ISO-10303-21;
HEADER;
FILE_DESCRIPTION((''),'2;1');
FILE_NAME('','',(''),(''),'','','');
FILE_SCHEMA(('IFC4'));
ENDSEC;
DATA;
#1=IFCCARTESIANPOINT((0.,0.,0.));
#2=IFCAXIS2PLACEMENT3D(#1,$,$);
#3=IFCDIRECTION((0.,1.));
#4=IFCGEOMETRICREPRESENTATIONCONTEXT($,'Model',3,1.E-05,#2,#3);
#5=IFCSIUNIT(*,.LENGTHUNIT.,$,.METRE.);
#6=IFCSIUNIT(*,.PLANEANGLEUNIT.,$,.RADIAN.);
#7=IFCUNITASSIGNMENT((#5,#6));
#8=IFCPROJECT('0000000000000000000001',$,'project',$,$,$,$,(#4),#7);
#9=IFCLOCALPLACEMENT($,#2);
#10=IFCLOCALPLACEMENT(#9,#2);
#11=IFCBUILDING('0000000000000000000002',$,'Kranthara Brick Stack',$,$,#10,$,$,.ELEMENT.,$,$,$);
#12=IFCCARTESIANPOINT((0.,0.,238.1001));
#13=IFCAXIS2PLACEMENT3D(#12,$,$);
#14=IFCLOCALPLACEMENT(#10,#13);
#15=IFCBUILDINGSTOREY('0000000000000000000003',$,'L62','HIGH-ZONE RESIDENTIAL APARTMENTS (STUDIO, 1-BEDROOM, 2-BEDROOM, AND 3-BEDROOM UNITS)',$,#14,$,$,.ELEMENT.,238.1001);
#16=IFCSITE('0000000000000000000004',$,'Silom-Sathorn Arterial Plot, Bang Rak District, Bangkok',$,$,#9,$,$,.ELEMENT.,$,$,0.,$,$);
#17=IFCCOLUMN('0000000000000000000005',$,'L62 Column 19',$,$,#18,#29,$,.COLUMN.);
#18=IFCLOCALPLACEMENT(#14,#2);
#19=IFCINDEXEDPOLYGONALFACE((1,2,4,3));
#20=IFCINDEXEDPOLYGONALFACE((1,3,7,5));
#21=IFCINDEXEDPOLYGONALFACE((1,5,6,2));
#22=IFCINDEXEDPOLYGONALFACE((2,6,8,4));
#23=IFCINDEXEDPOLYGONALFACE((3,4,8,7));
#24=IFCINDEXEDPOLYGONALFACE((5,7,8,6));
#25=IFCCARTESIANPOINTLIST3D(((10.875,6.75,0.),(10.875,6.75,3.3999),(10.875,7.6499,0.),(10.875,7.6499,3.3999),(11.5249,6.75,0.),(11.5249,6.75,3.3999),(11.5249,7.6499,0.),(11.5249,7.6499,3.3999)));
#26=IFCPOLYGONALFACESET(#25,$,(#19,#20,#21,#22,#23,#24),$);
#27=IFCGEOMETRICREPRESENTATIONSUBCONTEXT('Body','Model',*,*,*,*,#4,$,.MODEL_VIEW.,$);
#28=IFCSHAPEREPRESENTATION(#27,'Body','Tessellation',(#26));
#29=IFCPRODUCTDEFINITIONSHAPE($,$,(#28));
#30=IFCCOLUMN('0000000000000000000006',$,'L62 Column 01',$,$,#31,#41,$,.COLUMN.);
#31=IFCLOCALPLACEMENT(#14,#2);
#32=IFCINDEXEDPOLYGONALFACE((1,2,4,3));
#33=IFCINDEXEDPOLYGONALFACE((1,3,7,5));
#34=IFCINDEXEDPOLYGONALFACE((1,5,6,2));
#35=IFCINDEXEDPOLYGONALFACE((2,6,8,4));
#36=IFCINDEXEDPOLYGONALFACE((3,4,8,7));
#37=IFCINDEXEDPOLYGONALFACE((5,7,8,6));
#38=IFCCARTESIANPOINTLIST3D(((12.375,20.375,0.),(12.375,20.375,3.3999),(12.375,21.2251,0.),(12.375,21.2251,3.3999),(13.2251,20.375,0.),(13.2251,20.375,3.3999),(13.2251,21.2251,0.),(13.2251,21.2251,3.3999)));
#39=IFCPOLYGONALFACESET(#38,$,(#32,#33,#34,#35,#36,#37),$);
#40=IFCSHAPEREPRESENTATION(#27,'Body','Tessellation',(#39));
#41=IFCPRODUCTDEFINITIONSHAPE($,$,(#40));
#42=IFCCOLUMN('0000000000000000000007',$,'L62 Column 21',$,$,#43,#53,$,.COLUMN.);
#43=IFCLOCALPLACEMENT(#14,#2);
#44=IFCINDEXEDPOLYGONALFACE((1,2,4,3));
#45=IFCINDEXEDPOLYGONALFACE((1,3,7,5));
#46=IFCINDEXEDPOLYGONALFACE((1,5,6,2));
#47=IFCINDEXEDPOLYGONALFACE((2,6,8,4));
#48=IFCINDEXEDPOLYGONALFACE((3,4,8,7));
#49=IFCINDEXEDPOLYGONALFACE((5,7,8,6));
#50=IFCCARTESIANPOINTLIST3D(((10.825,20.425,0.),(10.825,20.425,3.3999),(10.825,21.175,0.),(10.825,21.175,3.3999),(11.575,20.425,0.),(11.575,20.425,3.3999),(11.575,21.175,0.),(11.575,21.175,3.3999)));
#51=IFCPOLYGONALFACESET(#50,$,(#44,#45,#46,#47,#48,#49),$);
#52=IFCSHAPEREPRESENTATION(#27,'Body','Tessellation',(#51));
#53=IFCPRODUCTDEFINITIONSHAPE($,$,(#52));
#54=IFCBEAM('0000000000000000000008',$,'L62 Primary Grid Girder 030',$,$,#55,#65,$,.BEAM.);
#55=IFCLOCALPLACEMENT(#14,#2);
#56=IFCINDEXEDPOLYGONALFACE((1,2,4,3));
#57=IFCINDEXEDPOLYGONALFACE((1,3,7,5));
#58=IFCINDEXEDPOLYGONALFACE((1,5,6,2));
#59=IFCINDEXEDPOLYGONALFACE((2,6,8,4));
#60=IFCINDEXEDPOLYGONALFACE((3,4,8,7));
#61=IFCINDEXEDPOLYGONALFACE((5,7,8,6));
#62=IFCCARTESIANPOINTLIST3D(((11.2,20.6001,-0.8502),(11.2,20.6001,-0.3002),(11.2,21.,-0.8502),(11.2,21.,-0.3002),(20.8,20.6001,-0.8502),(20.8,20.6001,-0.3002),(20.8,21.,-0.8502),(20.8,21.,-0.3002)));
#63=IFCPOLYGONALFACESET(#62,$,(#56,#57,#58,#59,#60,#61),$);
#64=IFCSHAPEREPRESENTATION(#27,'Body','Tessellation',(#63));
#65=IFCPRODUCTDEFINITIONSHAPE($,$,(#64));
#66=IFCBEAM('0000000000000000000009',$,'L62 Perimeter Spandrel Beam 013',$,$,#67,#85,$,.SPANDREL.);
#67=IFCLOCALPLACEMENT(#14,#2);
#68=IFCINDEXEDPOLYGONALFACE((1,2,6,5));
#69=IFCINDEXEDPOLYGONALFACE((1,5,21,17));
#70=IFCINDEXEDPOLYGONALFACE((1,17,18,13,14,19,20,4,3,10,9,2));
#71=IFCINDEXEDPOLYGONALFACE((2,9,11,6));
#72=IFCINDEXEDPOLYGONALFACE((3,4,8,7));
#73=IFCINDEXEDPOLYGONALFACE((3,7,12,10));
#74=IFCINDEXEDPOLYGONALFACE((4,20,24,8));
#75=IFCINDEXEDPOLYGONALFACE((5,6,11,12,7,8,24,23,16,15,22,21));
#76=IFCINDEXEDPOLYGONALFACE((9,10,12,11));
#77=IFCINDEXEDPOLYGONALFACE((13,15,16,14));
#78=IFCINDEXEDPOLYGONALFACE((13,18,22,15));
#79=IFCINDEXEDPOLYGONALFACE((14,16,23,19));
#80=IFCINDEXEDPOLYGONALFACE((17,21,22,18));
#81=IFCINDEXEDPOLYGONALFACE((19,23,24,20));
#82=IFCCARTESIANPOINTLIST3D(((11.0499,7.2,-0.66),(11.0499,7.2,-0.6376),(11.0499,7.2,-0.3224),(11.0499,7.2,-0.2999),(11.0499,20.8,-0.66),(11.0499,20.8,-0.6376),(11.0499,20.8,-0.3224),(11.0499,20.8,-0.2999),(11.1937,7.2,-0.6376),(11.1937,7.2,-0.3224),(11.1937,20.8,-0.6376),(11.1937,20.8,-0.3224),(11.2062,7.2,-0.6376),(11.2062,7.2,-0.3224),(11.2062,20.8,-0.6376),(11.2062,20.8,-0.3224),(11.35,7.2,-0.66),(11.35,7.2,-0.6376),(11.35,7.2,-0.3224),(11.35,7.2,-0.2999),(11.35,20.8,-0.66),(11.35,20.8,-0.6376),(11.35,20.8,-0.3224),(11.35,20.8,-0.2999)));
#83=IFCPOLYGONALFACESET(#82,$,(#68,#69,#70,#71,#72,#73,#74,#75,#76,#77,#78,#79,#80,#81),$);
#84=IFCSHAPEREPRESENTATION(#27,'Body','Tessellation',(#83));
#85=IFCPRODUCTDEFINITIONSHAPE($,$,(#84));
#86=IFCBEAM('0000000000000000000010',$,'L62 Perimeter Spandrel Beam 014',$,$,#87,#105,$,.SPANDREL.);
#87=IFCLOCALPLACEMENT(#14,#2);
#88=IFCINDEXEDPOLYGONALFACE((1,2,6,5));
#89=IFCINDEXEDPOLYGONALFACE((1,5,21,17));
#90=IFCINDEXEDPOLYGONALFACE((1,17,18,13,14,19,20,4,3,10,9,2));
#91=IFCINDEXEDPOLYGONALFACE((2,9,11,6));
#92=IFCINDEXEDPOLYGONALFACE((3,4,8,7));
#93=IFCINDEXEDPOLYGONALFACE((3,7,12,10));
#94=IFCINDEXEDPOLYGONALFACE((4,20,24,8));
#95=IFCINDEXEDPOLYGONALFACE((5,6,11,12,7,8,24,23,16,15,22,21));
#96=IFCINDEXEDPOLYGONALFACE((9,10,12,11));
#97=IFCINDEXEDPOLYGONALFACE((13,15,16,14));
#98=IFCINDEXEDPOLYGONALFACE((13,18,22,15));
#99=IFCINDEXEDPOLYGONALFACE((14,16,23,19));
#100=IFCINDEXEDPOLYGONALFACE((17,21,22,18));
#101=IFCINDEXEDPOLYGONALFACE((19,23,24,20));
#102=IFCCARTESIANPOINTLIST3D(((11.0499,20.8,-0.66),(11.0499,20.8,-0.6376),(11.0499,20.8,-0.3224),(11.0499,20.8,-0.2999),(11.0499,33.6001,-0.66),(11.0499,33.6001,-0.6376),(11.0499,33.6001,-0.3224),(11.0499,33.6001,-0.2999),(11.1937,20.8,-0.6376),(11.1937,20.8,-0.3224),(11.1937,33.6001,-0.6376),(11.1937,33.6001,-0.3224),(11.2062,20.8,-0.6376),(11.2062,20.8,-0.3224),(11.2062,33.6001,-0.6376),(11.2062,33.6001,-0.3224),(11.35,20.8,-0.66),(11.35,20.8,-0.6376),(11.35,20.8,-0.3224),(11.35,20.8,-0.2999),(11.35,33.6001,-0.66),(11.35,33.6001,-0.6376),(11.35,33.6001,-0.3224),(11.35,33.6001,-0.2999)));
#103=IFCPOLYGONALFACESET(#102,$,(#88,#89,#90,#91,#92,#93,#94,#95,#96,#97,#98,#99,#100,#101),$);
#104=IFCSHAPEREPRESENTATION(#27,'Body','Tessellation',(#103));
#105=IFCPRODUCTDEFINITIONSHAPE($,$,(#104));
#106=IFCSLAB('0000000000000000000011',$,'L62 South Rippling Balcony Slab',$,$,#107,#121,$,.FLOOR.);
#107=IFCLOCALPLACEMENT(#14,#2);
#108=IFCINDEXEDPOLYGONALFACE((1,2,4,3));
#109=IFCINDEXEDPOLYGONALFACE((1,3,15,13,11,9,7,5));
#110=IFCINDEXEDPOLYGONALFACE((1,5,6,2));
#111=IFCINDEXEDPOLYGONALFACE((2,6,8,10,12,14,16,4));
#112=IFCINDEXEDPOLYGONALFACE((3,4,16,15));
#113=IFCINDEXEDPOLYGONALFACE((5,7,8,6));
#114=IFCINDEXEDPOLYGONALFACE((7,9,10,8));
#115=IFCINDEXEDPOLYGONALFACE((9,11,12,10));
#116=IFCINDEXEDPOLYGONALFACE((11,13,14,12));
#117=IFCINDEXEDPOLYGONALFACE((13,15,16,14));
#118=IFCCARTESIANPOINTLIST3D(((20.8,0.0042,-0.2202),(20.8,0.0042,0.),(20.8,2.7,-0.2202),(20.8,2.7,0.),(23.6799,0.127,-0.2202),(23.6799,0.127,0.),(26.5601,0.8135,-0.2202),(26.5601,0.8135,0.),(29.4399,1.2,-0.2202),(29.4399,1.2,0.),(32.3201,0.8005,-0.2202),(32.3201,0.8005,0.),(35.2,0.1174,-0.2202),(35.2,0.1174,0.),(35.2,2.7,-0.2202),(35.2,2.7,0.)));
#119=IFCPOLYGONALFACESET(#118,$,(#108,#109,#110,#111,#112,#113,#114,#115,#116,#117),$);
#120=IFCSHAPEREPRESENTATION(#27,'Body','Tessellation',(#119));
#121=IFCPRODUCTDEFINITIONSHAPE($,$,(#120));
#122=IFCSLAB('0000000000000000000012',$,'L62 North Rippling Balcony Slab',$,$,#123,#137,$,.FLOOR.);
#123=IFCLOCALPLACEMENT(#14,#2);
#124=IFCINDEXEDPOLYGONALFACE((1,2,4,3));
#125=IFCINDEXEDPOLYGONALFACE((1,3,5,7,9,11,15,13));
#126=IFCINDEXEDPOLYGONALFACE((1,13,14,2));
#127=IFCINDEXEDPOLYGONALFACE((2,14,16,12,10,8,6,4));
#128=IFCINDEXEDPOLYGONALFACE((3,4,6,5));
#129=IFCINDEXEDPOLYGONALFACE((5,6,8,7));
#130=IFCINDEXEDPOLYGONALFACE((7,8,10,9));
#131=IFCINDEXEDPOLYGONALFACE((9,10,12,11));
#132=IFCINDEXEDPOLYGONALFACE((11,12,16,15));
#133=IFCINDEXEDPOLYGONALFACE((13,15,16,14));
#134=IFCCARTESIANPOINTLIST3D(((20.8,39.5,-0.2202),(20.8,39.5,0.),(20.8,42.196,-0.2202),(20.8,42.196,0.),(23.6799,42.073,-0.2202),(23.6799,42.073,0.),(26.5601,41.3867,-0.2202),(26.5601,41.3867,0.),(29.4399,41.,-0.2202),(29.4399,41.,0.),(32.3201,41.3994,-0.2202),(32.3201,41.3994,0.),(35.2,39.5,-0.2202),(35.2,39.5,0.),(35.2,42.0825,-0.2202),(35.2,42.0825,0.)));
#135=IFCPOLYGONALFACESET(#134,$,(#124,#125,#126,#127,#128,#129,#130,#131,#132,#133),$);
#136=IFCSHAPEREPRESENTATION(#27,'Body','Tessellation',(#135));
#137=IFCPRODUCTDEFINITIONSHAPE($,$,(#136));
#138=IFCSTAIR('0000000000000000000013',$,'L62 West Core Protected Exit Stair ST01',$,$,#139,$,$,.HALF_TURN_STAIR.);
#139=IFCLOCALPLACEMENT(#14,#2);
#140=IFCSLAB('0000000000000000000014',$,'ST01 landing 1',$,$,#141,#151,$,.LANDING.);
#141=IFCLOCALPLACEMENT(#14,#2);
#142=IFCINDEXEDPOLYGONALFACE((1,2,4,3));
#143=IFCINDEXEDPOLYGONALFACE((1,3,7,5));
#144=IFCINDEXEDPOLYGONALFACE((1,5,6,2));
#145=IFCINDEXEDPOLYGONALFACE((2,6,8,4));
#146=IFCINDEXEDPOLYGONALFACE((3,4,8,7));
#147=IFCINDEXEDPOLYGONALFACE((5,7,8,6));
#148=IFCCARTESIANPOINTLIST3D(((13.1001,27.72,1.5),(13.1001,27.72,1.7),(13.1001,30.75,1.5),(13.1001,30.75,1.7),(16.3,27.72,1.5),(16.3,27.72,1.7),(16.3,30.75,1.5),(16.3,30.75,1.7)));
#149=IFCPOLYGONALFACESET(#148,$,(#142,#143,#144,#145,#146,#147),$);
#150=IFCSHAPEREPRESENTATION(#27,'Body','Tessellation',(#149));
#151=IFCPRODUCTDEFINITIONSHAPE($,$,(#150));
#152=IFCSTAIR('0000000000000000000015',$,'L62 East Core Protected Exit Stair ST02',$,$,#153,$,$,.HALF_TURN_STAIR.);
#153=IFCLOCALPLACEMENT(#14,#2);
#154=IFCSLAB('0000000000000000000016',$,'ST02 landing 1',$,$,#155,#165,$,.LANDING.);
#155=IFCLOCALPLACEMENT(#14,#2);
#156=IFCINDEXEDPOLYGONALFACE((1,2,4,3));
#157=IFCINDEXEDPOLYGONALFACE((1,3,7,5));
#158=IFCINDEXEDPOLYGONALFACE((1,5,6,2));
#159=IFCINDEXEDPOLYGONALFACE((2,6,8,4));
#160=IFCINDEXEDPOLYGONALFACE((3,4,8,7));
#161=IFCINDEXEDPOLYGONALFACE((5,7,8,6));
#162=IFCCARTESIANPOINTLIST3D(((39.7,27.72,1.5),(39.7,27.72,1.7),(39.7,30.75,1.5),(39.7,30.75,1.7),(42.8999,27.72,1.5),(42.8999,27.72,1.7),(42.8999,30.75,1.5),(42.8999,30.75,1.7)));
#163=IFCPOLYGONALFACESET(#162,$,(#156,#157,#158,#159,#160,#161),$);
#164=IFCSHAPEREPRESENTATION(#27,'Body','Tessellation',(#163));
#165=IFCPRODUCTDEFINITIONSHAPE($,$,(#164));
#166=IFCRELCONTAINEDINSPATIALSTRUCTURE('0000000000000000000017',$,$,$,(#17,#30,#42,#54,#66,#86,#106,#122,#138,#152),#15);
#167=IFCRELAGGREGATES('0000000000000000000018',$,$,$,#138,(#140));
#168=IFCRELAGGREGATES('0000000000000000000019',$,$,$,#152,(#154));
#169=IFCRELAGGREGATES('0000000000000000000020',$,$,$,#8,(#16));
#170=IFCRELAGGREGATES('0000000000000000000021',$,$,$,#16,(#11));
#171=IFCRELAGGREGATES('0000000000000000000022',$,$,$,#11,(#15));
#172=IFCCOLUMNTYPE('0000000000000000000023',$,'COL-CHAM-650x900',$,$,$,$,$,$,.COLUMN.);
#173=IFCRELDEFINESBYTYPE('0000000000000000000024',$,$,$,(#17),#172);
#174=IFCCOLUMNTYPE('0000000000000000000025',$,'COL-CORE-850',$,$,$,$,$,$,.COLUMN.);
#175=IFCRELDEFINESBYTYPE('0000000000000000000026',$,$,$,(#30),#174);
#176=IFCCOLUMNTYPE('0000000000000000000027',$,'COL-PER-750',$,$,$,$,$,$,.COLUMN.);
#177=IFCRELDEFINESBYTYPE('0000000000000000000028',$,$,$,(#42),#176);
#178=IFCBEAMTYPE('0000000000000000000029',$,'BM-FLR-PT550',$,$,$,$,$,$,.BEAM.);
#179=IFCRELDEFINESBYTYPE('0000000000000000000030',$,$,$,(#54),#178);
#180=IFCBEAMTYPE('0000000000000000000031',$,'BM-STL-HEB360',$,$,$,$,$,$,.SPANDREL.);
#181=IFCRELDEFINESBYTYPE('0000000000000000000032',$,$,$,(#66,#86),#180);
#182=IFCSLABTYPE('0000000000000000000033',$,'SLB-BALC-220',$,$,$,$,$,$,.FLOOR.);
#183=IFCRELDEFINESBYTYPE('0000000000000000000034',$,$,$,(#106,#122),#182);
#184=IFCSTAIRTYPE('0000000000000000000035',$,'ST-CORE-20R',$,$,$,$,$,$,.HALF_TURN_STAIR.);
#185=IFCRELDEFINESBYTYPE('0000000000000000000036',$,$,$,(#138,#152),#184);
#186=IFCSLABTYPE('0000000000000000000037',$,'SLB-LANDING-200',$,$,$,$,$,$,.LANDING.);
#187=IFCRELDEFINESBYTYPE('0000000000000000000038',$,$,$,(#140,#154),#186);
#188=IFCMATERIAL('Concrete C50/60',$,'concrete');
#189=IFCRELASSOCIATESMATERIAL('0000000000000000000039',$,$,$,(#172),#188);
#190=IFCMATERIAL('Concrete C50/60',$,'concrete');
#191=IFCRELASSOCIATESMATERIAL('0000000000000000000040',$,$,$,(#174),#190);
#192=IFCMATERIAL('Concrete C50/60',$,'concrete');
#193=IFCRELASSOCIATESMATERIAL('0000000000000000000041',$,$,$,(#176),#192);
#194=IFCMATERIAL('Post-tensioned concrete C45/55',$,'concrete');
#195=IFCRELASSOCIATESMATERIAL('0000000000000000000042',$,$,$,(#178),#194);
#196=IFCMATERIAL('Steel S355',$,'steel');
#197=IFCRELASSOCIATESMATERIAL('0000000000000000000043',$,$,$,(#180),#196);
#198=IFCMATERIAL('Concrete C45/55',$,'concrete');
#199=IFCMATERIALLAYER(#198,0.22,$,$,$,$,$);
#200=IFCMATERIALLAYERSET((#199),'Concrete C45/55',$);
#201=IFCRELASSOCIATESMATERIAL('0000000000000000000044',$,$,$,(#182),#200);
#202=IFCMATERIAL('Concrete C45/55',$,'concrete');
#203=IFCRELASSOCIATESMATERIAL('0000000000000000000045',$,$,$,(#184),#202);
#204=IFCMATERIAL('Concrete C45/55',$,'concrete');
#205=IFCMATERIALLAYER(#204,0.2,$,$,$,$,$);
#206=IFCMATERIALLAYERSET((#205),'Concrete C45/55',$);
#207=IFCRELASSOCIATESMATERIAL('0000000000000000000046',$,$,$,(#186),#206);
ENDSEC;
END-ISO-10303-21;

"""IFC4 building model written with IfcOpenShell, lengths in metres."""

from ifc_helpers import new_model, si_unit, direction, frame, origin, origin_2d, place, context, subcontext, project, spatial, polyline, rectangle, i_section, outline, extrude, material, layer, layer_set, material_profile, profile_set, type_object, element, aggregate, save


model = new_model("IFC4")

# Units and contexts
model_context = context("Model", 3, precision=1e-05, world=origin(), true_north=direction((0.0, 1.0)))
body_context = subcontext(model_context, "Body", "Model", "MODEL_VIEW")
ifc_project = project(units=[si_unit("LENGTHUNIT", "METRE"), si_unit("PLANEANGLEUNIT", "RADIAN")], contexts=[model_context])

# Site, building, storey
site_placement = place(None, origin())
site = spatial("IfcSite", under=ifc_project, at=site_placement, Name="Silom-Sathorn Arterial Plot, Bang Rak District, Bangkok", CompositionType="ELEMENT", RefElevation=0.0)
building_placement = place(site_placement, origin())
building = spatial("IfcBuilding", under=site, at=building_placement, Name="Kranthara Brick Stack", CompositionType="ELEMENT")
storey_placement = place(building_placement, frame((0.0, 0.0, 238.1001)))
storey = spatial("IfcBuildingStorey", under=building, at=storey_placement, Name="L62", Description="HIGH-ZONE RESIDENTIAL APARTMENTS (STUDIO, 1-BEDROOM, 2-BEDROOM, AND 3-BEDROOM UNITS)", CompositionType="ELEMENT", Elevation=238.1001)

# Columns
ifc_material_1 = material(Name="Concrete C50/60", Category="concrete")
ifc_material_profile_1 = material_profile(ifc_material_1, rectangle(XDim=0.6499, YDim=0.8999, at=origin_2d()), Name="RC 650x900")
ifc_profile_set_1 = profile_set([ifc_material_profile_1], Name="Concrete C50/60")
column_type_1 = type_object("IfcColumnType", Name="COL-CHAM-650x900", PredefinedType="COLUMN", material=ifc_profile_set_1)
column_1_placement = place(storey_placement, frame((11.2, 7.2, 0.0), z_axis=(0.0, 0.0, 1.0), x_axis=(1.0, 0.0, 0.0)))
element("IfcColumn", 1, at=column_1_placement, inside=storey, type_object=column_type_1, Name="L62 Column 19", PredefinedType="COLUMN", context=body_context, shape_type="SweptSolid", body=[
    extrude(rectangle(XDim=0.6499, YDim=0.8999, at=origin_2d()), origin(), (0.0, 0.0, 1.0), 3.3999),
])
ifc_material_2 = material(Name="Concrete C50/60", Category="concrete")
ifc_material_profile_2 = material_profile(ifc_material_2, rectangle(XDim=0.8501, YDim=0.8501, at=origin_2d()), Name="RC 850x850")
ifc_profile_set_2 = profile_set([ifc_material_profile_2], Name="Concrete C50/60")
column_type_2 = type_object("IfcColumnType", Name="COL-CORE-850", PredefinedType="COLUMN", material=ifc_profile_set_2)
column_2_placement = place(storey_placement, frame((12.8, 20.8, 0.0), z_axis=(0.0, 0.0, 1.0), x_axis=(1.0, 0.0, 0.0)))
element("IfcColumn", 2, at=column_2_placement, inside=storey, type_object=column_type_2, Name="L62 Column 01", PredefinedType="COLUMN", context=body_context, shape_type="SweptSolid", body=[
    extrude(rectangle(XDim=0.8501, YDim=0.8501, at=origin_2d()), origin(), (0.0, 0.0, 1.0), 3.3999),
])
ifc_material_3 = material(Name="Concrete C50/60", Category="concrete")
ifc_material_profile_3 = material_profile(ifc_material_3, rectangle(XDim=0.75, YDim=0.75, at=origin_2d()), Name="RC 750x750")
ifc_profile_set_3 = profile_set([ifc_material_profile_3], Name="Concrete C50/60")
column_type_3 = type_object("IfcColumnType", Name="COL-PER-750", PredefinedType="COLUMN", material=ifc_profile_set_3)
column_3_placement = place(storey_placement, frame((11.2, 20.8, 0.0), z_axis=(0.0, 0.0, 1.0), x_axis=(1.0, 0.0, 0.0)))
element("IfcColumn", 3, at=column_3_placement, inside=storey, type_object=column_type_3, Name="L62 Column 21", PredefinedType="COLUMN", context=body_context, shape_type="SweptSolid", body=[
    extrude(rectangle(XDim=0.75, YDim=0.75, at=origin_2d()), origin(), (0.0, 0.0, 1.0), 3.3999),
])

# Beams
ifc_material_4 = material(Name="Post-tensioned concrete C45/55", Category="concrete")
ifc_material_profile_4 = material_profile(ifc_material_4, rectangle(XDim=0.3999, YDim=0.55, at=origin_2d()), Name="PT 400x550")
ifc_profile_set_4 = profile_set([ifc_material_profile_4], Name="Post-tensioned concrete C45/55")
beam_type_1 = type_object("IfcBeamType", Name="BM-FLR-PT550", PredefinedType="BEAM", material=ifc_profile_set_4)
beam_1_placement = place(storey_placement, frame((11.2, 20.8, -0.5752), z_axis=(1.0, 0.0, 0.0), x_axis=(0.0, 1.0, 0.0)))
element("IfcBeam", 4, at=beam_1_placement, inside=storey, type_object=beam_type_1, Name="L62 Primary Grid Girder 030", PredefinedType="BEAM", context=body_context, shape_type="SweptSolid", body=[
    extrude(rectangle(XDim=0.3999, YDim=0.55, at=origin_2d()), origin(), (0.0, 0.0, 1.0), 9.6001),
])
ifc_material_5 = material(Name="Steel S355", Category="steel")
ifc_material_profile_5 = material_profile(ifc_material_5, i_section(OverallWidth=0.3, OverallDepth=0.3601, WebThickness=0.0125, FlangeThickness=0.0225, at=origin_2d()), Name="HEB 360")
ifc_profile_set_5 = profile_set([ifc_material_profile_5], Name="Steel S355")
beam_type_2 = type_object("IfcBeamType", Name="BM-STL-HEB360", PredefinedType="SPANDREL", material=ifc_profile_set_5)
beam_2_placement = place(storey_placement, frame((11.2, 7.2, -0.48), z_axis=(0.0, 1.0, 0.0), x_axis=(-1.0, 0.0, 0.0)))
element("IfcBeam", 5, at=beam_2_placement, inside=storey, type_object=beam_type_2, Name="L62 Perimeter Spandrel Beam 013", PredefinedType="SPANDREL", context=body_context, shape_type="SweptSolid", body=[
    extrude(i_section(OverallWidth=0.3, OverallDepth=0.3601, WebThickness=0.0125, FlangeThickness=0.0225, at=origin_2d()), origin(), (0.0, 0.0, 1.0), 13.6001),
])
beam_3_placement = place(storey_placement, frame((11.2, 20.8, -0.48), z_axis=(0.0, 1.0, 0.0), x_axis=(-1.0, 0.0, 0.0)))
element("IfcBeam", 6, at=beam_3_placement, inside=storey, type_object=beam_type_2, Name="L62 Perimeter Spandrel Beam 014", PredefinedType="SPANDREL", context=body_context, shape_type="SweptSolid", body=[
    extrude(i_section(OverallWidth=0.3, OverallDepth=0.3601, WebThickness=0.0125, FlangeThickness=0.0225, at=origin_2d()), origin(), (0.0, 0.0, 1.0), 12.8),
])

# Slabs
ifc_material_6 = material(Name="Concrete C45/55", Category="concrete")
ifc_layer_1 = layer(ifc_material_6, 0.22)
ifc_layer_set_1 = layer_set([ifc_layer_1], Name="Concrete C45/55")
slab_type_1 = type_object("IfcSlabType", Name="SLB-BALC-220", PredefinedType="FLOOR", material=ifc_layer_set_1)
slab_1_placement = place(storey_placement, frame((0.0, 0.0, -0.2202)))
element("IfcSlab", 7, at=slab_1_placement, inside=storey, type_object=slab_type_1, Name="L62 South Rippling Balcony Slab", PredefinedType="FLOOR", context=body_context, shape_type="SweptSolid", body=[
    extrude(outline(polyline([(20.8, 2.7), (35.2, 2.7), (35.2, 0.1174), (32.3201, 0.8005), (29.4399, 1.2), (26.5601, 0.8135), (23.6799, 0.127), (20.8, 0.0042), (20.8, 2.7)])), origin(), (0.0, 0.0, 1.0), 0.2202),
])
slab_2_placement = place(storey_placement, frame((0.0, 0.0, -0.2202)))
element("IfcSlab", 8, at=slab_2_placement, inside=storey, type_object=slab_type_1, Name="L62 North Rippling Balcony Slab", PredefinedType="FLOOR", context=body_context, shape_type="SweptSolid", body=[
    extrude(outline(polyline([(35.2, 39.5), (20.8, 39.5), (20.8, 42.196), (23.6799, 42.073), (26.5601, 41.3867), (29.4399, 41.0), (32.3201, 41.3994), (35.2, 42.0825), (35.2, 39.5)])), origin(), (0.0, 0.0, 1.0), 0.2202),
])

# Stairs, slabs
ifc_material_7 = material(Name="Concrete C45/55", Category="concrete")
stair_type = type_object("IfcStairType", Name="ST-CORE-20R", PredefinedType="HALF_TURN_STAIR", material=ifc_material_7)
stair_1_placement = place(storey_placement, origin())
stair_1 = element("IfcStair", 9, at=stair_1_placement, inside=storey, type_object=stair_type, Name="L62 West Core Protected Exit Stair ST01", PredefinedType="HALF_TURN_STAIR")
ifc_material_8 = material(Name="Concrete C45/55", Category="concrete")
ifc_layer_2 = layer(ifc_material_8, 0.2)
ifc_layer_set_2 = layer_set([ifc_layer_2], Name="Concrete C45/55")
slab_type_2 = type_object("IfcSlabType", Name="SLB-LANDING-200", PredefinedType="LANDING", material=ifc_layer_set_2)
slab_3_placement = place(storey_placement, frame((0.0, 0.0, 1.5)))
slab_3 = element("IfcSlab", 10, at=slab_3_placement, type_object=slab_type_2, Name="ST01 landing 1", PredefinedType="LANDING", context=body_context, shape_type="SweptSolid", body=[
    extrude(outline(polyline([(16.3, 27.72), (16.3, 30.75), (13.1001, 30.75), (13.1001, 27.72), (16.3, 27.72)])), origin(), (0.0, 0.0, 1.0), 0.2),
])
aggregate(stair_1, [slab_3])
stair_2_placement = place(storey_placement, origin())
stair_2 = element("IfcStair", 11, at=stair_2_placement, inside=storey, type_object=stair_type, Name="L62 East Core Protected Exit Stair ST02", PredefinedType="HALF_TURN_STAIR")
slab_4_placement = place(storey_placement, frame((0.0, 0.0, 1.5)))
slab_4 = element("IfcSlab", 12, at=slab_4_placement, type_object=slab_type_2, Name="ST02 landing 1", PredefinedType="LANDING", context=body_context, shape_type="SweptSolid", body=[
    extrude(outline(polyline([(42.8999, 27.72), (42.8999, 30.75), (39.7, 30.75), (39.7, 27.72), (42.8999, 27.72)])), origin(), (0.0, 0.0, 1.0), 0.2),
])
aggregate(stair_2, [slab_4])

save(model, "model.ifc")
